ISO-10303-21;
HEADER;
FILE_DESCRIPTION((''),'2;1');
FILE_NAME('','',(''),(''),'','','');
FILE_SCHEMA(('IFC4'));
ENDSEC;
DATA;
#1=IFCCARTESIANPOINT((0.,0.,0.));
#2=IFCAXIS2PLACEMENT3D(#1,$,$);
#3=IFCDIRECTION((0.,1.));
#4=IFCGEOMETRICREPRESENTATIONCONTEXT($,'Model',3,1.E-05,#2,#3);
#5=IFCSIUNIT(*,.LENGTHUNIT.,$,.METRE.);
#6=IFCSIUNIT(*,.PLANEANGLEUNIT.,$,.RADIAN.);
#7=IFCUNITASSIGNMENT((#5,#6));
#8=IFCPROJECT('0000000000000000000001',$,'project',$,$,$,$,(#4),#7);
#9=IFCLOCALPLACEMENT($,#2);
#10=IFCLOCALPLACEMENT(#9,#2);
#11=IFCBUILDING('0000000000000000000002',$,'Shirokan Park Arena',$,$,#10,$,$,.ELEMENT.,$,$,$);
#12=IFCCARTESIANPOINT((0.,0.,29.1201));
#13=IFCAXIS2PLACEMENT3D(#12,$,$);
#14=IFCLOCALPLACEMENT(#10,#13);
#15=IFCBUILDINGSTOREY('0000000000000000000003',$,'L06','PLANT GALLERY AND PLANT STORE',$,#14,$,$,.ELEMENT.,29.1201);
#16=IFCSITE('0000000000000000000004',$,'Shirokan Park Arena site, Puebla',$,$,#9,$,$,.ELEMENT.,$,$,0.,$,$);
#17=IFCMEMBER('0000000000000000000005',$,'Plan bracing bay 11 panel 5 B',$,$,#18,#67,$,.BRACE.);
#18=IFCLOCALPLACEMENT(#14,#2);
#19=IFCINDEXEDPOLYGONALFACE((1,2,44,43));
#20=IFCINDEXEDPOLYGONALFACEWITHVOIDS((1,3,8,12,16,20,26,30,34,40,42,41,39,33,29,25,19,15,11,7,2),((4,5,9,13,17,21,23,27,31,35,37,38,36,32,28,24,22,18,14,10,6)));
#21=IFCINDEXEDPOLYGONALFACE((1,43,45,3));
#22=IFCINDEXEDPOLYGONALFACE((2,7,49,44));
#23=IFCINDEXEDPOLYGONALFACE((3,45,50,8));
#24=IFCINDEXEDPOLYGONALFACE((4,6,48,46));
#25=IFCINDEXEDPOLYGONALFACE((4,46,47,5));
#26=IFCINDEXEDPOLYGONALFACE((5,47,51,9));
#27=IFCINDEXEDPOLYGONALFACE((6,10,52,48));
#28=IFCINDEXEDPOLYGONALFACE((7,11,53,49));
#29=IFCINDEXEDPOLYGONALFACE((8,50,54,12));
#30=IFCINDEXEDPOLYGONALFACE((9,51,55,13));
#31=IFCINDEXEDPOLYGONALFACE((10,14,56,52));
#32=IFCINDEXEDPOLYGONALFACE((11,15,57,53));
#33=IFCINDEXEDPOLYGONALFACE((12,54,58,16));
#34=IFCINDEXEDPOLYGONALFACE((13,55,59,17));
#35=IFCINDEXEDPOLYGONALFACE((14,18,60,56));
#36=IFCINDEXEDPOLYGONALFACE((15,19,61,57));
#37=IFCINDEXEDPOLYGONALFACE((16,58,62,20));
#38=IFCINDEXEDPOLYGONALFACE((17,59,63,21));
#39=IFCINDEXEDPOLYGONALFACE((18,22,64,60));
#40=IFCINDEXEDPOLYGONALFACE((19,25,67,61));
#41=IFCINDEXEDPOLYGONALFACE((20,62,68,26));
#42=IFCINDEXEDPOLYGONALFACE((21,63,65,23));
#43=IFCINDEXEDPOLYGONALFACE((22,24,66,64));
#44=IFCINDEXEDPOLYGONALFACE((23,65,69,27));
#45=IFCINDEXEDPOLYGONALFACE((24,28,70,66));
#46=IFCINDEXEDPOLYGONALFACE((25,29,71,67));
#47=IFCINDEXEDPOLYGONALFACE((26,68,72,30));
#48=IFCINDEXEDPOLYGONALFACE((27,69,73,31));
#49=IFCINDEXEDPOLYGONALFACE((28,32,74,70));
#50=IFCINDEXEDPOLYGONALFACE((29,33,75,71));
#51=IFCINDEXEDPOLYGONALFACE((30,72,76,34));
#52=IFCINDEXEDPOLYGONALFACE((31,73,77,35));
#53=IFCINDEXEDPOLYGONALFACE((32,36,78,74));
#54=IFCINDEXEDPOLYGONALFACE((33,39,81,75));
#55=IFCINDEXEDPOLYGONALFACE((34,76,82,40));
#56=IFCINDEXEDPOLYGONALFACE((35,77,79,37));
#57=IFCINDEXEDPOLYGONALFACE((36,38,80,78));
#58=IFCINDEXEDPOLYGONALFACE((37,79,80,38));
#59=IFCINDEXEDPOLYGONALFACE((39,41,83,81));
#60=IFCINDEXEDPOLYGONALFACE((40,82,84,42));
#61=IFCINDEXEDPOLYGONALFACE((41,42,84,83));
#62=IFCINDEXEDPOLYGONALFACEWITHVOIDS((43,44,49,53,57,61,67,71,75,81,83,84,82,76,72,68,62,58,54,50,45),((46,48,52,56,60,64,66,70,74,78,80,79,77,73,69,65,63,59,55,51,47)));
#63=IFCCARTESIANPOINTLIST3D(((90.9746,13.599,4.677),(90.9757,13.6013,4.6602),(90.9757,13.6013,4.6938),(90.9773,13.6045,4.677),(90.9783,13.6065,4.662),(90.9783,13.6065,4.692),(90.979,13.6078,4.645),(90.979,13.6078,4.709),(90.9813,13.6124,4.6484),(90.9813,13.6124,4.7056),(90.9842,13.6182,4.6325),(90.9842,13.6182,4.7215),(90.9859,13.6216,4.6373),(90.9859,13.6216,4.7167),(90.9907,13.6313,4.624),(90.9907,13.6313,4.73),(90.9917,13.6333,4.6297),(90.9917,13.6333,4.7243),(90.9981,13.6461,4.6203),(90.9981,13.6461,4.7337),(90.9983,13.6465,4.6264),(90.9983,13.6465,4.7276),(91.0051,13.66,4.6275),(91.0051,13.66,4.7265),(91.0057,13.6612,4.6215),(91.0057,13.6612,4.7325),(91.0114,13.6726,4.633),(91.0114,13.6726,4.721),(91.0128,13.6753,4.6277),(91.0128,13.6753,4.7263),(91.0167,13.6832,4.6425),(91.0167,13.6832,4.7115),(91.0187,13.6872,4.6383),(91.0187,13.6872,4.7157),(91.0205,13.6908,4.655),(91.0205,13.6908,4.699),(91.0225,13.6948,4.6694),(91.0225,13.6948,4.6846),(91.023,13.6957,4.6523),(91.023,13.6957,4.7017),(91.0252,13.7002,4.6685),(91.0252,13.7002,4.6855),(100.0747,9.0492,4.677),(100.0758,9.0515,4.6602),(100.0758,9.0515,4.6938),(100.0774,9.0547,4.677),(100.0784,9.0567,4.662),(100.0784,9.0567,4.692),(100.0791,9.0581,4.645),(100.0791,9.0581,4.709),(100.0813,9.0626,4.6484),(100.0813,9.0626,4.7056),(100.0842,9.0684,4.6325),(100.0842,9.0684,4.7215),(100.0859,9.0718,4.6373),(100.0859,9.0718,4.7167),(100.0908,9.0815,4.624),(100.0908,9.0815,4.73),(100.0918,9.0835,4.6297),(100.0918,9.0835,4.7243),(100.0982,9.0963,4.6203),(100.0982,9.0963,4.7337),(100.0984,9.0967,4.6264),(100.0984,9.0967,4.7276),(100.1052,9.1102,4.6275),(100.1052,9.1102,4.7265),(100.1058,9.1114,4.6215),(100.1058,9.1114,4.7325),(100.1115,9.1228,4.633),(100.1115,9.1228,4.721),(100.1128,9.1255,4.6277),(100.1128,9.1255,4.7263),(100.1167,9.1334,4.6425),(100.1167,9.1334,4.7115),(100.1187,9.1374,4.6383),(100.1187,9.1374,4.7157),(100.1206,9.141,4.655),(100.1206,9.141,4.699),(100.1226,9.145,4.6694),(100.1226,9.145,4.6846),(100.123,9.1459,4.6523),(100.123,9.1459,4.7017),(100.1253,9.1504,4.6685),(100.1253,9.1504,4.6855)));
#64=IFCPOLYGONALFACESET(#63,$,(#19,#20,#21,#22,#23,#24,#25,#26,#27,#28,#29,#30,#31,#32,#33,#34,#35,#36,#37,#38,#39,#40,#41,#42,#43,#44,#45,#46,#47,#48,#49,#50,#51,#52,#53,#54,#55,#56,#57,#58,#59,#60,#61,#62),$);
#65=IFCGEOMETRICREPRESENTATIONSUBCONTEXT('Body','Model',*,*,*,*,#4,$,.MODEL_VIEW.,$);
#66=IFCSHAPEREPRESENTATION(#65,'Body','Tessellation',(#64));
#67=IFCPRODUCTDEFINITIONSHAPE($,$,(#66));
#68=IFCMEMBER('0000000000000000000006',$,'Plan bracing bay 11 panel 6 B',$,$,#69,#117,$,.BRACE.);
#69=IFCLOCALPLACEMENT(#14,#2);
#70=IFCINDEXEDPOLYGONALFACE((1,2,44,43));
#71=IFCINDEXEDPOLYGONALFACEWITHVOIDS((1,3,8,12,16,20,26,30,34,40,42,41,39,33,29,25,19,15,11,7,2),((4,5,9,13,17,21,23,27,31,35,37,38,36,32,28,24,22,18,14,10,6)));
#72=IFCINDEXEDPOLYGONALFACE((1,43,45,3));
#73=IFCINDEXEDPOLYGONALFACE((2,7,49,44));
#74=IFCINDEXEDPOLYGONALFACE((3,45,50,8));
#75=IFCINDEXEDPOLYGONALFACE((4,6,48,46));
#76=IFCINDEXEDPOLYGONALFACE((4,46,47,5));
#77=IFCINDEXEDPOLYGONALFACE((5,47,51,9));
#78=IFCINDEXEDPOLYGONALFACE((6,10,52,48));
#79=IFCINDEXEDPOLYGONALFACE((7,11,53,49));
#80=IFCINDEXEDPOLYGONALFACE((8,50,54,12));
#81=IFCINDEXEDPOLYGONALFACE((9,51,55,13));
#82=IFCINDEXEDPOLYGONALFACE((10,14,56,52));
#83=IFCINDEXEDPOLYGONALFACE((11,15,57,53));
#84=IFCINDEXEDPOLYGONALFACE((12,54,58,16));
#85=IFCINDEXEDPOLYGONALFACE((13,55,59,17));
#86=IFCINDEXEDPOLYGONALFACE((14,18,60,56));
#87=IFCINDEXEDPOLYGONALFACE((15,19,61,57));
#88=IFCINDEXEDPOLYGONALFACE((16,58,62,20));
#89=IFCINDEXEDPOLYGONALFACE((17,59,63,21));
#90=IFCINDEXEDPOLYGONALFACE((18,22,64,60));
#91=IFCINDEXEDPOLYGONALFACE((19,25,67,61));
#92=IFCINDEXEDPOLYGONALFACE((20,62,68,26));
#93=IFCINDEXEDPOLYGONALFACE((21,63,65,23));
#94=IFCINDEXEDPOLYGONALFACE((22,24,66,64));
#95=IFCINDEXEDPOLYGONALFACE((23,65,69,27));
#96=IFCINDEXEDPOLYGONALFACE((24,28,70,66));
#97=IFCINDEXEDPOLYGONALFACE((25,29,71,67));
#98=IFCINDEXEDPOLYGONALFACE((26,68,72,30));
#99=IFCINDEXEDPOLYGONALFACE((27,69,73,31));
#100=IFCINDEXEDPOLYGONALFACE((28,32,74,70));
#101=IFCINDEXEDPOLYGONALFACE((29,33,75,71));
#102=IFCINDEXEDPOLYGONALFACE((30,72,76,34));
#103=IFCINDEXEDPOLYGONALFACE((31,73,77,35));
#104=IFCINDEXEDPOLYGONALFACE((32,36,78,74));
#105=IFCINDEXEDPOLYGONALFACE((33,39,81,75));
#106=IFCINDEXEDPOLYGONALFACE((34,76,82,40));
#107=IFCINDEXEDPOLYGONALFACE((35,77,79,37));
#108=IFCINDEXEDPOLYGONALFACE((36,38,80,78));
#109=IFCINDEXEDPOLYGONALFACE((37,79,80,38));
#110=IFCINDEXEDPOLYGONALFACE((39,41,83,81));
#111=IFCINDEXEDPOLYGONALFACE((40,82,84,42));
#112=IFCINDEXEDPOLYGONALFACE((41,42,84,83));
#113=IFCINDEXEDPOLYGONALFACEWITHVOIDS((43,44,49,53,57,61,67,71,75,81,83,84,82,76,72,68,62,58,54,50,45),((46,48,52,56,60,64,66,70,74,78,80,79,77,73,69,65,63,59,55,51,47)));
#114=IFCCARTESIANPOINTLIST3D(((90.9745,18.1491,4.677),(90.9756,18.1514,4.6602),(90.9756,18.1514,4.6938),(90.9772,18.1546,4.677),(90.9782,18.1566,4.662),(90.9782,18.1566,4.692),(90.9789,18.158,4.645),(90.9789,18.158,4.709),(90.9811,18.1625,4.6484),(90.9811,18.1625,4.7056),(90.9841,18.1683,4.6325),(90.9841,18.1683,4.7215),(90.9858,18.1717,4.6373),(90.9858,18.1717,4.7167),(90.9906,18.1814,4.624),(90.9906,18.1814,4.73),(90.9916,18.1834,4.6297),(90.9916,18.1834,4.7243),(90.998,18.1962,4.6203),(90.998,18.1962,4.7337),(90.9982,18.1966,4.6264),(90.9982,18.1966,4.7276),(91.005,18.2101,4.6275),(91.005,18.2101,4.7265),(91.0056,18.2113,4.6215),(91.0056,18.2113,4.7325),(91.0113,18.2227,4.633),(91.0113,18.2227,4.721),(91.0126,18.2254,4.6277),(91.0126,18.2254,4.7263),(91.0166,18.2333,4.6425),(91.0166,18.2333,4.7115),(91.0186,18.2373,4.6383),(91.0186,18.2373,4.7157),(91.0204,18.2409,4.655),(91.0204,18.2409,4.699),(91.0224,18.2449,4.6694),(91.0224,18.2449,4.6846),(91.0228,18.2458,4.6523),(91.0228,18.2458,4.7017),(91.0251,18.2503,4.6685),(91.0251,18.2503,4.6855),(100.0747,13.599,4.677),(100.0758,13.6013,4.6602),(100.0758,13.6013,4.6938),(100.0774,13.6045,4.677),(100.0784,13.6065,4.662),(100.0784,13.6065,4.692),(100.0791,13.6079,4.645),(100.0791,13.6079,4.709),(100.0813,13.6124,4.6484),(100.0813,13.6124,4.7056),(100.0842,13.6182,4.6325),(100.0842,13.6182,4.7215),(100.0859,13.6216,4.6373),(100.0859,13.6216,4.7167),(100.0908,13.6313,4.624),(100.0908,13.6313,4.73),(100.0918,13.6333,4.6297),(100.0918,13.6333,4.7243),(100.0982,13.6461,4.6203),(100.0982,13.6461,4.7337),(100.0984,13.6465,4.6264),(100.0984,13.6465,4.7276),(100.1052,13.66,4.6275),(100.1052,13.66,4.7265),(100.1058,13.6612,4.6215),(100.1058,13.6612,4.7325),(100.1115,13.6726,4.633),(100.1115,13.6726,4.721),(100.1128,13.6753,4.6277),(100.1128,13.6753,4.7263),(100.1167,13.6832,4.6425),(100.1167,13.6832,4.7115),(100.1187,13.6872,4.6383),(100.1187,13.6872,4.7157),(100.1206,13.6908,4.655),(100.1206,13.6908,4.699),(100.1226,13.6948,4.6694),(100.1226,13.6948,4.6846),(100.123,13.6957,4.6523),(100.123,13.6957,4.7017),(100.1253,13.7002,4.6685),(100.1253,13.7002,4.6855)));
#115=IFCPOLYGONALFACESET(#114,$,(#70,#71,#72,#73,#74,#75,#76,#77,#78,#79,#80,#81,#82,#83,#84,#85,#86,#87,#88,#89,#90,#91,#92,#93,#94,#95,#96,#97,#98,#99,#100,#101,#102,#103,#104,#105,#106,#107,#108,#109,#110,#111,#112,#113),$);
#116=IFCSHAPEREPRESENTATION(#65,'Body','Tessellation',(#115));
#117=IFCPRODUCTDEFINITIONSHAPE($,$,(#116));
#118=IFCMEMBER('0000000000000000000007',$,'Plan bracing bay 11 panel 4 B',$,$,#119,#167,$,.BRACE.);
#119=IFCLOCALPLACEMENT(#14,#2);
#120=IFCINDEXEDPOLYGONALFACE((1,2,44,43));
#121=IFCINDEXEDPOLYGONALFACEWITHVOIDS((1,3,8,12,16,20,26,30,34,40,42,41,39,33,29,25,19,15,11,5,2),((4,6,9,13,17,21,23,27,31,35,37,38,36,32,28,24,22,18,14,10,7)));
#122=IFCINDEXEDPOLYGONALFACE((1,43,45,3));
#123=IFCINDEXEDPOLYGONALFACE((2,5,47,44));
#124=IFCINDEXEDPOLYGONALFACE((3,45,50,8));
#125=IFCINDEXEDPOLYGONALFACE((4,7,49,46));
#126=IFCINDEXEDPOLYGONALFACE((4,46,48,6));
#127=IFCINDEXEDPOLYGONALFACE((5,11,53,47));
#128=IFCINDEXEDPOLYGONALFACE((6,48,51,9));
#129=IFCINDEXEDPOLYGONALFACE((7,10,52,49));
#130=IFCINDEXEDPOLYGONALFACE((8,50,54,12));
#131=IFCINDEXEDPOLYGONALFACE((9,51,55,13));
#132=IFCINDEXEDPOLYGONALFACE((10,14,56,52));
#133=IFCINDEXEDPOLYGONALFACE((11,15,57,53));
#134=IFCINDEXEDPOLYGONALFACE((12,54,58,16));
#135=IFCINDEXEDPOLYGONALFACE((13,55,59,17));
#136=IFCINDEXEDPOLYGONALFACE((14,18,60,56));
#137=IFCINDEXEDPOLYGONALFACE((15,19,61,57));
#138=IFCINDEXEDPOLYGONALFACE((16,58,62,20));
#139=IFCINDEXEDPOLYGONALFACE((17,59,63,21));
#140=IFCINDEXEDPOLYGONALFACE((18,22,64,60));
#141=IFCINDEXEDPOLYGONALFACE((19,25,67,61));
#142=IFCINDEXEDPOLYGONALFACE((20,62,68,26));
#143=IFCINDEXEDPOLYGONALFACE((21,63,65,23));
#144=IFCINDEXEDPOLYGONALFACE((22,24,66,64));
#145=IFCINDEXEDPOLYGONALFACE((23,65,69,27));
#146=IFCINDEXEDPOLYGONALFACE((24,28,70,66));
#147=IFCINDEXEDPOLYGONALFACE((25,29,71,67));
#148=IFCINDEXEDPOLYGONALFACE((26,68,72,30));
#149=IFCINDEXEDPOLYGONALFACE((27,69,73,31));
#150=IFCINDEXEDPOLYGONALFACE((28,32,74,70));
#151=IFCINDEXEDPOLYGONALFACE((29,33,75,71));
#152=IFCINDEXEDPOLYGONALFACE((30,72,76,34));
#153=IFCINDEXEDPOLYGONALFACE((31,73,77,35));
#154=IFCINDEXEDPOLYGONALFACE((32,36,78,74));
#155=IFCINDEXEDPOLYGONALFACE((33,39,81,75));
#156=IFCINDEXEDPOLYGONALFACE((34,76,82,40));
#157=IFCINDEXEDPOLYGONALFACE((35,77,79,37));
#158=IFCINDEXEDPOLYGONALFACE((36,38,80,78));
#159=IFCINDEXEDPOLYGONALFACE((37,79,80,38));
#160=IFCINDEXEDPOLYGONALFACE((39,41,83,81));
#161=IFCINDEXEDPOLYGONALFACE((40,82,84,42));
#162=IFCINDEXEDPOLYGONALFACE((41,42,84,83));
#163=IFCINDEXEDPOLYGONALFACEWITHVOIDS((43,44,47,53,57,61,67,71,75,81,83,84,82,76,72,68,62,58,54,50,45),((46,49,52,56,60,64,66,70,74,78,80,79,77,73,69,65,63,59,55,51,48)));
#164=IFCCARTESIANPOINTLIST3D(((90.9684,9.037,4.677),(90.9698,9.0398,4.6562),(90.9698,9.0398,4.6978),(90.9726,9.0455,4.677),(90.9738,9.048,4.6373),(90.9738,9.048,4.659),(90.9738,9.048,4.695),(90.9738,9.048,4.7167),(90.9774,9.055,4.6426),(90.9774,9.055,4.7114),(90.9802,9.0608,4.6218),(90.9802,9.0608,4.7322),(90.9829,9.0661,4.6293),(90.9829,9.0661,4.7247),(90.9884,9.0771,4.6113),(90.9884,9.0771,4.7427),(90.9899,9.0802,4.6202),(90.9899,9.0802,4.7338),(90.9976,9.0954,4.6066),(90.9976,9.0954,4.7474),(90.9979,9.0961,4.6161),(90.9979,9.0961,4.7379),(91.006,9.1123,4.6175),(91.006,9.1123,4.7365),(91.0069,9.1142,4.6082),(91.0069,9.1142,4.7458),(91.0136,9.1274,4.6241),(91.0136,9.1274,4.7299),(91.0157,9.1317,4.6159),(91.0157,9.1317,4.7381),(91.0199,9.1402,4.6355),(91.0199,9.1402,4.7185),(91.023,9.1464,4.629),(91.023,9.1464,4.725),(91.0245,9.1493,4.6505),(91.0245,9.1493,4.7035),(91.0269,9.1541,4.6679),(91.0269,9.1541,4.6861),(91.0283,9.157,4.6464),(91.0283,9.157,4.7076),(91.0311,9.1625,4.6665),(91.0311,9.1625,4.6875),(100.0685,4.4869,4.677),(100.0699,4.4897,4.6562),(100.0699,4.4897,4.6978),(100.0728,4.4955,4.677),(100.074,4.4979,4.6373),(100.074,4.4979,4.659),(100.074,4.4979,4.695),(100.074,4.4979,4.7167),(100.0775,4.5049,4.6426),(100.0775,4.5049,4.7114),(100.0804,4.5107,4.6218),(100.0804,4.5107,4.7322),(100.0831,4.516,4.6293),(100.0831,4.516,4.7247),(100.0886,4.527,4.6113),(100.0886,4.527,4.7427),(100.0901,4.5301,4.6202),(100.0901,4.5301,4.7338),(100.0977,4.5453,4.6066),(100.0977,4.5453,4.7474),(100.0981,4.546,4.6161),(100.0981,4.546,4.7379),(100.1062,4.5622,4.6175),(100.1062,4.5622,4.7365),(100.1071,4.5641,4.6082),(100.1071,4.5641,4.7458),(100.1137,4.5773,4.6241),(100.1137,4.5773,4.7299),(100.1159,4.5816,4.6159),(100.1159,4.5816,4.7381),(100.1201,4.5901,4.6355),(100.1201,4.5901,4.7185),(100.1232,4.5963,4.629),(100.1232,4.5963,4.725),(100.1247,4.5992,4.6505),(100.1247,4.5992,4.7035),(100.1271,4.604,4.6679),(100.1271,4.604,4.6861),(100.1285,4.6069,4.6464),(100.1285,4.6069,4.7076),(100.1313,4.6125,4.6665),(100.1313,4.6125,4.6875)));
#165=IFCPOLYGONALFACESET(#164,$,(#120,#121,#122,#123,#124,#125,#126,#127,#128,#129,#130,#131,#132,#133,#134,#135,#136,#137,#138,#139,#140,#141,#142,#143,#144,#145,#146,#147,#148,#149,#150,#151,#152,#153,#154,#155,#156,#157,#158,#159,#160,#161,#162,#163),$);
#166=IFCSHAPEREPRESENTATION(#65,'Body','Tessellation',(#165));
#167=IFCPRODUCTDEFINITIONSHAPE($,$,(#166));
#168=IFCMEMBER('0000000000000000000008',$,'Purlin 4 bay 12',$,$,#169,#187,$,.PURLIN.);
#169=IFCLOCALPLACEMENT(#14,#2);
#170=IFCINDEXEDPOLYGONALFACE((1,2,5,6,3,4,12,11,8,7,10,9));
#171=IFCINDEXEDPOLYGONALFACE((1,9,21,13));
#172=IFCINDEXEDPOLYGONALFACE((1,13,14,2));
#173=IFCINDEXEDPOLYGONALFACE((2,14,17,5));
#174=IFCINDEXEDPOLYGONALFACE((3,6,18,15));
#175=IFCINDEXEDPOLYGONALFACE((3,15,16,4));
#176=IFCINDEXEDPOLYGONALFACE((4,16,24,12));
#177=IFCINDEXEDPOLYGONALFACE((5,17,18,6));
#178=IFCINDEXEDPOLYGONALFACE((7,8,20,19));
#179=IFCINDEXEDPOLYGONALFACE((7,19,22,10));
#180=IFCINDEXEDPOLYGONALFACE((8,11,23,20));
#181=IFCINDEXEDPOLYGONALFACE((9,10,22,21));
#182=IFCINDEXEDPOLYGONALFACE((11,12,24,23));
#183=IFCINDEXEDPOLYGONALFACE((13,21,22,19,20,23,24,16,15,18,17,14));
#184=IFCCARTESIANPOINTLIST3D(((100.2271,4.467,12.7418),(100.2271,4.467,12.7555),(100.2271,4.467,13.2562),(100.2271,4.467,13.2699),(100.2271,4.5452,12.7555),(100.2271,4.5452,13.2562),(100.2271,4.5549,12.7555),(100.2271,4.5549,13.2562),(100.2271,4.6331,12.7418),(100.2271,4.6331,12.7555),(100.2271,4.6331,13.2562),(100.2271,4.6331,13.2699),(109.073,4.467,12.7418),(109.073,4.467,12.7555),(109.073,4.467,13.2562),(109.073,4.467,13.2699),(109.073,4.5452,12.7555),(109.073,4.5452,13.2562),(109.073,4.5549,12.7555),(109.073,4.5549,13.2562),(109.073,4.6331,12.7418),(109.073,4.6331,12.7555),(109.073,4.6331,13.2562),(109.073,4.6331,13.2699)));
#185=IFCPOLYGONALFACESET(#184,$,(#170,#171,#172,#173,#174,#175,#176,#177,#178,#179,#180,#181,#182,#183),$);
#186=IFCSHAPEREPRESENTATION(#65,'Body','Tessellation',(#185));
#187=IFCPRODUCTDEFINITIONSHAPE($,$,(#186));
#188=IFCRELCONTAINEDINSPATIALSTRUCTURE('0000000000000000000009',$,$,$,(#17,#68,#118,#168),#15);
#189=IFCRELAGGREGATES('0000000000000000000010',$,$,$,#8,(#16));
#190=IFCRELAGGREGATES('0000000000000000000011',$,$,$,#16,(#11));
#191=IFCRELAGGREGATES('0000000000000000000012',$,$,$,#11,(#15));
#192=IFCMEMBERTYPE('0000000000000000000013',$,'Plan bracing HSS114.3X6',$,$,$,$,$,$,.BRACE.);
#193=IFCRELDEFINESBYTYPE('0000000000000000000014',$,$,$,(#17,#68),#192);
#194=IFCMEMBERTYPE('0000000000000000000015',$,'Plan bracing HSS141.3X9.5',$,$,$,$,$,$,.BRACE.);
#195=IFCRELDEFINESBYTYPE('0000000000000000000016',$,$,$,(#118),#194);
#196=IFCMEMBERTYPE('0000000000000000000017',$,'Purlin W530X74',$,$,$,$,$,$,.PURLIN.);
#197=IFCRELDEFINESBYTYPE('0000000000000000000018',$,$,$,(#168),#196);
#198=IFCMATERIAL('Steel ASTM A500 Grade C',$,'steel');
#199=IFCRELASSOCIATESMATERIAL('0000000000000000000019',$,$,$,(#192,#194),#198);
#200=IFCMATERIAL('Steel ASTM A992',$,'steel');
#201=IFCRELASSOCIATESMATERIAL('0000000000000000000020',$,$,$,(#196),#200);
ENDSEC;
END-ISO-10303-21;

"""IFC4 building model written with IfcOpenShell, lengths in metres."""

from ifc_helpers import new_model, si_unit, direction, frame, origin, origin_2d, place, context, subcontext, project, spatial, hollow_circle, i_section, extrude, material, material_profile, profile_set, type_object, element, save


model = new_model("IFC4")

# Units and contexts
model_context = context("Model", 3, precision=1e-05, world=origin(), true_north=direction((0.0, 1.0)))
body_context = subcontext(model_context, "Body", "Model", "MODEL_VIEW")
ifc_project = project(units=[si_unit("LENGTHUNIT", "METRE"), si_unit("PLANEANGLEUNIT", "RADIAN")], contexts=[model_context])

# Site, building, storey
site_placement = place(None, origin())
site = spatial("IfcSite", under=ifc_project, at=site_placement, Name="Shirokan Park Arena site, Puebla", CompositionType="ELEMENT", RefElevation=0.0)
building_placement = place(site_placement, origin())
building = spatial("IfcBuilding", under=site, at=building_placement, Name="Shirokan Park Arena", CompositionType="ELEMENT")
storey_placement = place(building_placement, frame((0.0, 0.0, 29.1201)))
storey = spatial("IfcBuildingStorey", under=building, at=storey_placement, Name="L06", Description="PLANT GALLERY AND PLANT STORE", CompositionType="ELEMENT", Elevation=29.1201)

# Members
ifc_material_1 = material(Name="Steel ASTM A500 Grade C", Category="steel")
ifc_material_profile_1 = material_profile(ifc_material_1, hollow_circle(Radius=0.0569, WallThickness=0.0061, at=origin_2d()), Name="HSS114.3X6")
ifc_profile_set_1 = profile_set([ifc_material_profile_1], Name="Steel ASTM A500 Grade C")
member_type_1 = type_object("IfcMemberType", Name="Plan bracing HSS114.3X6", PredefinedType="BRACE", material=ifc_profile_set_1)
member_1_placement = place(storey_placement, frame((100.1001, 9.1001, 4.677), z_axis=(-0.894437, 0.447194, 0.0), x_axis=(-0.447194, -0.894437, 0.0)))
element("IfcMember", 1, at=member_1_placement, inside=storey, type_object=member_type_1, Name="Plan bracing bay 11 panel 5 B", PredefinedType="BRACE", context=body_context, shape_type="SweptSolid", body=[
    extrude(hollow_circle(Radius=0.0569, WallThickness=0.0061, at=origin_2d()), origin(), (0.0, 0.0, 1.0), 10.1741),
])
member_2_placement = place(storey_placement, frame((100.1001, 13.6499, 4.677), z_axis=(-0.894427, 0.447214, 0.0), x_axis=(-0.447214, -0.894427, 0.0)))
element("IfcMember", 2, at=member_2_placement, inside=storey, type_object=member_type_1, Name="Plan bracing bay 11 panel 6 B", PredefinedType="BRACE", context=body_context, shape_type="SweptSolid", body=[
    extrude(hollow_circle(Radius=0.0569, WallThickness=0.0061, at=origin_2d()), origin(), (0.0, 0.0, 1.0), 10.1743),
])
ifc_material_profile_2 = material_profile(ifc_material_1, hollow_circle(Radius=0.0706, WallThickness=0.0095, at=origin_2d()), Name="HSS141.3X9.5")
ifc_profile_set_2 = profile_set([ifc_material_profile_2], Name="Steel ASTM A500 Grade C")
member_type_2 = type_object("IfcMemberType", Name="Plan bracing HSS141.3X9.5", PredefinedType="BRACE", material=ifc_profile_set_2)
member_3_placement = place(storey_placement, frame((100.1001, 4.55, 4.677), z_axis=(-0.894427, 0.447214, 0.0), x_axis=(-0.447214, -0.894427, 0.0)))
element("IfcMember", 3, at=member_3_placement, inside=storey, type_object=member_type_2, Name="Plan bracing bay 11 panel 4 B", PredefinedType="BRACE", context=body_context, shape_type="SweptSolid", body=[
    extrude(hollow_circle(Radius=0.0706, WallThickness=0.0095, at=origin_2d()), origin(), (0.0, 0.0, 1.0), 10.1743),
])
ifc_material_2 = material(Name="Steel ASTM A992", Category="steel")
ifc_material_profile_3 = material_profile(ifc_material_2, i_section(OverallWidth=0.166, OverallDepth=0.5281, WebThickness=0.0098, FlangeThickness=0.0137, at=origin_2d()), Name="W530X74")
ifc_profile_set_3 = profile_set([ifc_material_profile_3], Name="Steel ASTM A992")
member_type_3 = type_object("IfcMemberType", Name="Purlin W530X74", PredefinedType="PURLIN", material=ifc_profile_set_3)
for number, where, z_axis, x_axis, name in (
    (4, (100.2271, 4.55, 13.0059), (1.0, 0.0, 0.0), (0.0, 1.0, 0.0), "Purlin 4 bay 12"),
):
    element("IfcMember", number, at=place(storey_placement, frame(where, z_axis=z_axis, x_axis=x_axis)), inside=storey, type_object=member_type_3, Name=name, PredefinedType="PURLIN", context=body_context, shape_type="SweptSolid", body=[
        extrude(i_section(OverallWidth=0.166, OverallDepth=0.5281, WebThickness=0.0098, FlangeThickness=0.0137, at=origin_2d()), origin(), (0.0, 0.0, 1.0), 8.8459),
    ])

save(model, "model.ifc")
